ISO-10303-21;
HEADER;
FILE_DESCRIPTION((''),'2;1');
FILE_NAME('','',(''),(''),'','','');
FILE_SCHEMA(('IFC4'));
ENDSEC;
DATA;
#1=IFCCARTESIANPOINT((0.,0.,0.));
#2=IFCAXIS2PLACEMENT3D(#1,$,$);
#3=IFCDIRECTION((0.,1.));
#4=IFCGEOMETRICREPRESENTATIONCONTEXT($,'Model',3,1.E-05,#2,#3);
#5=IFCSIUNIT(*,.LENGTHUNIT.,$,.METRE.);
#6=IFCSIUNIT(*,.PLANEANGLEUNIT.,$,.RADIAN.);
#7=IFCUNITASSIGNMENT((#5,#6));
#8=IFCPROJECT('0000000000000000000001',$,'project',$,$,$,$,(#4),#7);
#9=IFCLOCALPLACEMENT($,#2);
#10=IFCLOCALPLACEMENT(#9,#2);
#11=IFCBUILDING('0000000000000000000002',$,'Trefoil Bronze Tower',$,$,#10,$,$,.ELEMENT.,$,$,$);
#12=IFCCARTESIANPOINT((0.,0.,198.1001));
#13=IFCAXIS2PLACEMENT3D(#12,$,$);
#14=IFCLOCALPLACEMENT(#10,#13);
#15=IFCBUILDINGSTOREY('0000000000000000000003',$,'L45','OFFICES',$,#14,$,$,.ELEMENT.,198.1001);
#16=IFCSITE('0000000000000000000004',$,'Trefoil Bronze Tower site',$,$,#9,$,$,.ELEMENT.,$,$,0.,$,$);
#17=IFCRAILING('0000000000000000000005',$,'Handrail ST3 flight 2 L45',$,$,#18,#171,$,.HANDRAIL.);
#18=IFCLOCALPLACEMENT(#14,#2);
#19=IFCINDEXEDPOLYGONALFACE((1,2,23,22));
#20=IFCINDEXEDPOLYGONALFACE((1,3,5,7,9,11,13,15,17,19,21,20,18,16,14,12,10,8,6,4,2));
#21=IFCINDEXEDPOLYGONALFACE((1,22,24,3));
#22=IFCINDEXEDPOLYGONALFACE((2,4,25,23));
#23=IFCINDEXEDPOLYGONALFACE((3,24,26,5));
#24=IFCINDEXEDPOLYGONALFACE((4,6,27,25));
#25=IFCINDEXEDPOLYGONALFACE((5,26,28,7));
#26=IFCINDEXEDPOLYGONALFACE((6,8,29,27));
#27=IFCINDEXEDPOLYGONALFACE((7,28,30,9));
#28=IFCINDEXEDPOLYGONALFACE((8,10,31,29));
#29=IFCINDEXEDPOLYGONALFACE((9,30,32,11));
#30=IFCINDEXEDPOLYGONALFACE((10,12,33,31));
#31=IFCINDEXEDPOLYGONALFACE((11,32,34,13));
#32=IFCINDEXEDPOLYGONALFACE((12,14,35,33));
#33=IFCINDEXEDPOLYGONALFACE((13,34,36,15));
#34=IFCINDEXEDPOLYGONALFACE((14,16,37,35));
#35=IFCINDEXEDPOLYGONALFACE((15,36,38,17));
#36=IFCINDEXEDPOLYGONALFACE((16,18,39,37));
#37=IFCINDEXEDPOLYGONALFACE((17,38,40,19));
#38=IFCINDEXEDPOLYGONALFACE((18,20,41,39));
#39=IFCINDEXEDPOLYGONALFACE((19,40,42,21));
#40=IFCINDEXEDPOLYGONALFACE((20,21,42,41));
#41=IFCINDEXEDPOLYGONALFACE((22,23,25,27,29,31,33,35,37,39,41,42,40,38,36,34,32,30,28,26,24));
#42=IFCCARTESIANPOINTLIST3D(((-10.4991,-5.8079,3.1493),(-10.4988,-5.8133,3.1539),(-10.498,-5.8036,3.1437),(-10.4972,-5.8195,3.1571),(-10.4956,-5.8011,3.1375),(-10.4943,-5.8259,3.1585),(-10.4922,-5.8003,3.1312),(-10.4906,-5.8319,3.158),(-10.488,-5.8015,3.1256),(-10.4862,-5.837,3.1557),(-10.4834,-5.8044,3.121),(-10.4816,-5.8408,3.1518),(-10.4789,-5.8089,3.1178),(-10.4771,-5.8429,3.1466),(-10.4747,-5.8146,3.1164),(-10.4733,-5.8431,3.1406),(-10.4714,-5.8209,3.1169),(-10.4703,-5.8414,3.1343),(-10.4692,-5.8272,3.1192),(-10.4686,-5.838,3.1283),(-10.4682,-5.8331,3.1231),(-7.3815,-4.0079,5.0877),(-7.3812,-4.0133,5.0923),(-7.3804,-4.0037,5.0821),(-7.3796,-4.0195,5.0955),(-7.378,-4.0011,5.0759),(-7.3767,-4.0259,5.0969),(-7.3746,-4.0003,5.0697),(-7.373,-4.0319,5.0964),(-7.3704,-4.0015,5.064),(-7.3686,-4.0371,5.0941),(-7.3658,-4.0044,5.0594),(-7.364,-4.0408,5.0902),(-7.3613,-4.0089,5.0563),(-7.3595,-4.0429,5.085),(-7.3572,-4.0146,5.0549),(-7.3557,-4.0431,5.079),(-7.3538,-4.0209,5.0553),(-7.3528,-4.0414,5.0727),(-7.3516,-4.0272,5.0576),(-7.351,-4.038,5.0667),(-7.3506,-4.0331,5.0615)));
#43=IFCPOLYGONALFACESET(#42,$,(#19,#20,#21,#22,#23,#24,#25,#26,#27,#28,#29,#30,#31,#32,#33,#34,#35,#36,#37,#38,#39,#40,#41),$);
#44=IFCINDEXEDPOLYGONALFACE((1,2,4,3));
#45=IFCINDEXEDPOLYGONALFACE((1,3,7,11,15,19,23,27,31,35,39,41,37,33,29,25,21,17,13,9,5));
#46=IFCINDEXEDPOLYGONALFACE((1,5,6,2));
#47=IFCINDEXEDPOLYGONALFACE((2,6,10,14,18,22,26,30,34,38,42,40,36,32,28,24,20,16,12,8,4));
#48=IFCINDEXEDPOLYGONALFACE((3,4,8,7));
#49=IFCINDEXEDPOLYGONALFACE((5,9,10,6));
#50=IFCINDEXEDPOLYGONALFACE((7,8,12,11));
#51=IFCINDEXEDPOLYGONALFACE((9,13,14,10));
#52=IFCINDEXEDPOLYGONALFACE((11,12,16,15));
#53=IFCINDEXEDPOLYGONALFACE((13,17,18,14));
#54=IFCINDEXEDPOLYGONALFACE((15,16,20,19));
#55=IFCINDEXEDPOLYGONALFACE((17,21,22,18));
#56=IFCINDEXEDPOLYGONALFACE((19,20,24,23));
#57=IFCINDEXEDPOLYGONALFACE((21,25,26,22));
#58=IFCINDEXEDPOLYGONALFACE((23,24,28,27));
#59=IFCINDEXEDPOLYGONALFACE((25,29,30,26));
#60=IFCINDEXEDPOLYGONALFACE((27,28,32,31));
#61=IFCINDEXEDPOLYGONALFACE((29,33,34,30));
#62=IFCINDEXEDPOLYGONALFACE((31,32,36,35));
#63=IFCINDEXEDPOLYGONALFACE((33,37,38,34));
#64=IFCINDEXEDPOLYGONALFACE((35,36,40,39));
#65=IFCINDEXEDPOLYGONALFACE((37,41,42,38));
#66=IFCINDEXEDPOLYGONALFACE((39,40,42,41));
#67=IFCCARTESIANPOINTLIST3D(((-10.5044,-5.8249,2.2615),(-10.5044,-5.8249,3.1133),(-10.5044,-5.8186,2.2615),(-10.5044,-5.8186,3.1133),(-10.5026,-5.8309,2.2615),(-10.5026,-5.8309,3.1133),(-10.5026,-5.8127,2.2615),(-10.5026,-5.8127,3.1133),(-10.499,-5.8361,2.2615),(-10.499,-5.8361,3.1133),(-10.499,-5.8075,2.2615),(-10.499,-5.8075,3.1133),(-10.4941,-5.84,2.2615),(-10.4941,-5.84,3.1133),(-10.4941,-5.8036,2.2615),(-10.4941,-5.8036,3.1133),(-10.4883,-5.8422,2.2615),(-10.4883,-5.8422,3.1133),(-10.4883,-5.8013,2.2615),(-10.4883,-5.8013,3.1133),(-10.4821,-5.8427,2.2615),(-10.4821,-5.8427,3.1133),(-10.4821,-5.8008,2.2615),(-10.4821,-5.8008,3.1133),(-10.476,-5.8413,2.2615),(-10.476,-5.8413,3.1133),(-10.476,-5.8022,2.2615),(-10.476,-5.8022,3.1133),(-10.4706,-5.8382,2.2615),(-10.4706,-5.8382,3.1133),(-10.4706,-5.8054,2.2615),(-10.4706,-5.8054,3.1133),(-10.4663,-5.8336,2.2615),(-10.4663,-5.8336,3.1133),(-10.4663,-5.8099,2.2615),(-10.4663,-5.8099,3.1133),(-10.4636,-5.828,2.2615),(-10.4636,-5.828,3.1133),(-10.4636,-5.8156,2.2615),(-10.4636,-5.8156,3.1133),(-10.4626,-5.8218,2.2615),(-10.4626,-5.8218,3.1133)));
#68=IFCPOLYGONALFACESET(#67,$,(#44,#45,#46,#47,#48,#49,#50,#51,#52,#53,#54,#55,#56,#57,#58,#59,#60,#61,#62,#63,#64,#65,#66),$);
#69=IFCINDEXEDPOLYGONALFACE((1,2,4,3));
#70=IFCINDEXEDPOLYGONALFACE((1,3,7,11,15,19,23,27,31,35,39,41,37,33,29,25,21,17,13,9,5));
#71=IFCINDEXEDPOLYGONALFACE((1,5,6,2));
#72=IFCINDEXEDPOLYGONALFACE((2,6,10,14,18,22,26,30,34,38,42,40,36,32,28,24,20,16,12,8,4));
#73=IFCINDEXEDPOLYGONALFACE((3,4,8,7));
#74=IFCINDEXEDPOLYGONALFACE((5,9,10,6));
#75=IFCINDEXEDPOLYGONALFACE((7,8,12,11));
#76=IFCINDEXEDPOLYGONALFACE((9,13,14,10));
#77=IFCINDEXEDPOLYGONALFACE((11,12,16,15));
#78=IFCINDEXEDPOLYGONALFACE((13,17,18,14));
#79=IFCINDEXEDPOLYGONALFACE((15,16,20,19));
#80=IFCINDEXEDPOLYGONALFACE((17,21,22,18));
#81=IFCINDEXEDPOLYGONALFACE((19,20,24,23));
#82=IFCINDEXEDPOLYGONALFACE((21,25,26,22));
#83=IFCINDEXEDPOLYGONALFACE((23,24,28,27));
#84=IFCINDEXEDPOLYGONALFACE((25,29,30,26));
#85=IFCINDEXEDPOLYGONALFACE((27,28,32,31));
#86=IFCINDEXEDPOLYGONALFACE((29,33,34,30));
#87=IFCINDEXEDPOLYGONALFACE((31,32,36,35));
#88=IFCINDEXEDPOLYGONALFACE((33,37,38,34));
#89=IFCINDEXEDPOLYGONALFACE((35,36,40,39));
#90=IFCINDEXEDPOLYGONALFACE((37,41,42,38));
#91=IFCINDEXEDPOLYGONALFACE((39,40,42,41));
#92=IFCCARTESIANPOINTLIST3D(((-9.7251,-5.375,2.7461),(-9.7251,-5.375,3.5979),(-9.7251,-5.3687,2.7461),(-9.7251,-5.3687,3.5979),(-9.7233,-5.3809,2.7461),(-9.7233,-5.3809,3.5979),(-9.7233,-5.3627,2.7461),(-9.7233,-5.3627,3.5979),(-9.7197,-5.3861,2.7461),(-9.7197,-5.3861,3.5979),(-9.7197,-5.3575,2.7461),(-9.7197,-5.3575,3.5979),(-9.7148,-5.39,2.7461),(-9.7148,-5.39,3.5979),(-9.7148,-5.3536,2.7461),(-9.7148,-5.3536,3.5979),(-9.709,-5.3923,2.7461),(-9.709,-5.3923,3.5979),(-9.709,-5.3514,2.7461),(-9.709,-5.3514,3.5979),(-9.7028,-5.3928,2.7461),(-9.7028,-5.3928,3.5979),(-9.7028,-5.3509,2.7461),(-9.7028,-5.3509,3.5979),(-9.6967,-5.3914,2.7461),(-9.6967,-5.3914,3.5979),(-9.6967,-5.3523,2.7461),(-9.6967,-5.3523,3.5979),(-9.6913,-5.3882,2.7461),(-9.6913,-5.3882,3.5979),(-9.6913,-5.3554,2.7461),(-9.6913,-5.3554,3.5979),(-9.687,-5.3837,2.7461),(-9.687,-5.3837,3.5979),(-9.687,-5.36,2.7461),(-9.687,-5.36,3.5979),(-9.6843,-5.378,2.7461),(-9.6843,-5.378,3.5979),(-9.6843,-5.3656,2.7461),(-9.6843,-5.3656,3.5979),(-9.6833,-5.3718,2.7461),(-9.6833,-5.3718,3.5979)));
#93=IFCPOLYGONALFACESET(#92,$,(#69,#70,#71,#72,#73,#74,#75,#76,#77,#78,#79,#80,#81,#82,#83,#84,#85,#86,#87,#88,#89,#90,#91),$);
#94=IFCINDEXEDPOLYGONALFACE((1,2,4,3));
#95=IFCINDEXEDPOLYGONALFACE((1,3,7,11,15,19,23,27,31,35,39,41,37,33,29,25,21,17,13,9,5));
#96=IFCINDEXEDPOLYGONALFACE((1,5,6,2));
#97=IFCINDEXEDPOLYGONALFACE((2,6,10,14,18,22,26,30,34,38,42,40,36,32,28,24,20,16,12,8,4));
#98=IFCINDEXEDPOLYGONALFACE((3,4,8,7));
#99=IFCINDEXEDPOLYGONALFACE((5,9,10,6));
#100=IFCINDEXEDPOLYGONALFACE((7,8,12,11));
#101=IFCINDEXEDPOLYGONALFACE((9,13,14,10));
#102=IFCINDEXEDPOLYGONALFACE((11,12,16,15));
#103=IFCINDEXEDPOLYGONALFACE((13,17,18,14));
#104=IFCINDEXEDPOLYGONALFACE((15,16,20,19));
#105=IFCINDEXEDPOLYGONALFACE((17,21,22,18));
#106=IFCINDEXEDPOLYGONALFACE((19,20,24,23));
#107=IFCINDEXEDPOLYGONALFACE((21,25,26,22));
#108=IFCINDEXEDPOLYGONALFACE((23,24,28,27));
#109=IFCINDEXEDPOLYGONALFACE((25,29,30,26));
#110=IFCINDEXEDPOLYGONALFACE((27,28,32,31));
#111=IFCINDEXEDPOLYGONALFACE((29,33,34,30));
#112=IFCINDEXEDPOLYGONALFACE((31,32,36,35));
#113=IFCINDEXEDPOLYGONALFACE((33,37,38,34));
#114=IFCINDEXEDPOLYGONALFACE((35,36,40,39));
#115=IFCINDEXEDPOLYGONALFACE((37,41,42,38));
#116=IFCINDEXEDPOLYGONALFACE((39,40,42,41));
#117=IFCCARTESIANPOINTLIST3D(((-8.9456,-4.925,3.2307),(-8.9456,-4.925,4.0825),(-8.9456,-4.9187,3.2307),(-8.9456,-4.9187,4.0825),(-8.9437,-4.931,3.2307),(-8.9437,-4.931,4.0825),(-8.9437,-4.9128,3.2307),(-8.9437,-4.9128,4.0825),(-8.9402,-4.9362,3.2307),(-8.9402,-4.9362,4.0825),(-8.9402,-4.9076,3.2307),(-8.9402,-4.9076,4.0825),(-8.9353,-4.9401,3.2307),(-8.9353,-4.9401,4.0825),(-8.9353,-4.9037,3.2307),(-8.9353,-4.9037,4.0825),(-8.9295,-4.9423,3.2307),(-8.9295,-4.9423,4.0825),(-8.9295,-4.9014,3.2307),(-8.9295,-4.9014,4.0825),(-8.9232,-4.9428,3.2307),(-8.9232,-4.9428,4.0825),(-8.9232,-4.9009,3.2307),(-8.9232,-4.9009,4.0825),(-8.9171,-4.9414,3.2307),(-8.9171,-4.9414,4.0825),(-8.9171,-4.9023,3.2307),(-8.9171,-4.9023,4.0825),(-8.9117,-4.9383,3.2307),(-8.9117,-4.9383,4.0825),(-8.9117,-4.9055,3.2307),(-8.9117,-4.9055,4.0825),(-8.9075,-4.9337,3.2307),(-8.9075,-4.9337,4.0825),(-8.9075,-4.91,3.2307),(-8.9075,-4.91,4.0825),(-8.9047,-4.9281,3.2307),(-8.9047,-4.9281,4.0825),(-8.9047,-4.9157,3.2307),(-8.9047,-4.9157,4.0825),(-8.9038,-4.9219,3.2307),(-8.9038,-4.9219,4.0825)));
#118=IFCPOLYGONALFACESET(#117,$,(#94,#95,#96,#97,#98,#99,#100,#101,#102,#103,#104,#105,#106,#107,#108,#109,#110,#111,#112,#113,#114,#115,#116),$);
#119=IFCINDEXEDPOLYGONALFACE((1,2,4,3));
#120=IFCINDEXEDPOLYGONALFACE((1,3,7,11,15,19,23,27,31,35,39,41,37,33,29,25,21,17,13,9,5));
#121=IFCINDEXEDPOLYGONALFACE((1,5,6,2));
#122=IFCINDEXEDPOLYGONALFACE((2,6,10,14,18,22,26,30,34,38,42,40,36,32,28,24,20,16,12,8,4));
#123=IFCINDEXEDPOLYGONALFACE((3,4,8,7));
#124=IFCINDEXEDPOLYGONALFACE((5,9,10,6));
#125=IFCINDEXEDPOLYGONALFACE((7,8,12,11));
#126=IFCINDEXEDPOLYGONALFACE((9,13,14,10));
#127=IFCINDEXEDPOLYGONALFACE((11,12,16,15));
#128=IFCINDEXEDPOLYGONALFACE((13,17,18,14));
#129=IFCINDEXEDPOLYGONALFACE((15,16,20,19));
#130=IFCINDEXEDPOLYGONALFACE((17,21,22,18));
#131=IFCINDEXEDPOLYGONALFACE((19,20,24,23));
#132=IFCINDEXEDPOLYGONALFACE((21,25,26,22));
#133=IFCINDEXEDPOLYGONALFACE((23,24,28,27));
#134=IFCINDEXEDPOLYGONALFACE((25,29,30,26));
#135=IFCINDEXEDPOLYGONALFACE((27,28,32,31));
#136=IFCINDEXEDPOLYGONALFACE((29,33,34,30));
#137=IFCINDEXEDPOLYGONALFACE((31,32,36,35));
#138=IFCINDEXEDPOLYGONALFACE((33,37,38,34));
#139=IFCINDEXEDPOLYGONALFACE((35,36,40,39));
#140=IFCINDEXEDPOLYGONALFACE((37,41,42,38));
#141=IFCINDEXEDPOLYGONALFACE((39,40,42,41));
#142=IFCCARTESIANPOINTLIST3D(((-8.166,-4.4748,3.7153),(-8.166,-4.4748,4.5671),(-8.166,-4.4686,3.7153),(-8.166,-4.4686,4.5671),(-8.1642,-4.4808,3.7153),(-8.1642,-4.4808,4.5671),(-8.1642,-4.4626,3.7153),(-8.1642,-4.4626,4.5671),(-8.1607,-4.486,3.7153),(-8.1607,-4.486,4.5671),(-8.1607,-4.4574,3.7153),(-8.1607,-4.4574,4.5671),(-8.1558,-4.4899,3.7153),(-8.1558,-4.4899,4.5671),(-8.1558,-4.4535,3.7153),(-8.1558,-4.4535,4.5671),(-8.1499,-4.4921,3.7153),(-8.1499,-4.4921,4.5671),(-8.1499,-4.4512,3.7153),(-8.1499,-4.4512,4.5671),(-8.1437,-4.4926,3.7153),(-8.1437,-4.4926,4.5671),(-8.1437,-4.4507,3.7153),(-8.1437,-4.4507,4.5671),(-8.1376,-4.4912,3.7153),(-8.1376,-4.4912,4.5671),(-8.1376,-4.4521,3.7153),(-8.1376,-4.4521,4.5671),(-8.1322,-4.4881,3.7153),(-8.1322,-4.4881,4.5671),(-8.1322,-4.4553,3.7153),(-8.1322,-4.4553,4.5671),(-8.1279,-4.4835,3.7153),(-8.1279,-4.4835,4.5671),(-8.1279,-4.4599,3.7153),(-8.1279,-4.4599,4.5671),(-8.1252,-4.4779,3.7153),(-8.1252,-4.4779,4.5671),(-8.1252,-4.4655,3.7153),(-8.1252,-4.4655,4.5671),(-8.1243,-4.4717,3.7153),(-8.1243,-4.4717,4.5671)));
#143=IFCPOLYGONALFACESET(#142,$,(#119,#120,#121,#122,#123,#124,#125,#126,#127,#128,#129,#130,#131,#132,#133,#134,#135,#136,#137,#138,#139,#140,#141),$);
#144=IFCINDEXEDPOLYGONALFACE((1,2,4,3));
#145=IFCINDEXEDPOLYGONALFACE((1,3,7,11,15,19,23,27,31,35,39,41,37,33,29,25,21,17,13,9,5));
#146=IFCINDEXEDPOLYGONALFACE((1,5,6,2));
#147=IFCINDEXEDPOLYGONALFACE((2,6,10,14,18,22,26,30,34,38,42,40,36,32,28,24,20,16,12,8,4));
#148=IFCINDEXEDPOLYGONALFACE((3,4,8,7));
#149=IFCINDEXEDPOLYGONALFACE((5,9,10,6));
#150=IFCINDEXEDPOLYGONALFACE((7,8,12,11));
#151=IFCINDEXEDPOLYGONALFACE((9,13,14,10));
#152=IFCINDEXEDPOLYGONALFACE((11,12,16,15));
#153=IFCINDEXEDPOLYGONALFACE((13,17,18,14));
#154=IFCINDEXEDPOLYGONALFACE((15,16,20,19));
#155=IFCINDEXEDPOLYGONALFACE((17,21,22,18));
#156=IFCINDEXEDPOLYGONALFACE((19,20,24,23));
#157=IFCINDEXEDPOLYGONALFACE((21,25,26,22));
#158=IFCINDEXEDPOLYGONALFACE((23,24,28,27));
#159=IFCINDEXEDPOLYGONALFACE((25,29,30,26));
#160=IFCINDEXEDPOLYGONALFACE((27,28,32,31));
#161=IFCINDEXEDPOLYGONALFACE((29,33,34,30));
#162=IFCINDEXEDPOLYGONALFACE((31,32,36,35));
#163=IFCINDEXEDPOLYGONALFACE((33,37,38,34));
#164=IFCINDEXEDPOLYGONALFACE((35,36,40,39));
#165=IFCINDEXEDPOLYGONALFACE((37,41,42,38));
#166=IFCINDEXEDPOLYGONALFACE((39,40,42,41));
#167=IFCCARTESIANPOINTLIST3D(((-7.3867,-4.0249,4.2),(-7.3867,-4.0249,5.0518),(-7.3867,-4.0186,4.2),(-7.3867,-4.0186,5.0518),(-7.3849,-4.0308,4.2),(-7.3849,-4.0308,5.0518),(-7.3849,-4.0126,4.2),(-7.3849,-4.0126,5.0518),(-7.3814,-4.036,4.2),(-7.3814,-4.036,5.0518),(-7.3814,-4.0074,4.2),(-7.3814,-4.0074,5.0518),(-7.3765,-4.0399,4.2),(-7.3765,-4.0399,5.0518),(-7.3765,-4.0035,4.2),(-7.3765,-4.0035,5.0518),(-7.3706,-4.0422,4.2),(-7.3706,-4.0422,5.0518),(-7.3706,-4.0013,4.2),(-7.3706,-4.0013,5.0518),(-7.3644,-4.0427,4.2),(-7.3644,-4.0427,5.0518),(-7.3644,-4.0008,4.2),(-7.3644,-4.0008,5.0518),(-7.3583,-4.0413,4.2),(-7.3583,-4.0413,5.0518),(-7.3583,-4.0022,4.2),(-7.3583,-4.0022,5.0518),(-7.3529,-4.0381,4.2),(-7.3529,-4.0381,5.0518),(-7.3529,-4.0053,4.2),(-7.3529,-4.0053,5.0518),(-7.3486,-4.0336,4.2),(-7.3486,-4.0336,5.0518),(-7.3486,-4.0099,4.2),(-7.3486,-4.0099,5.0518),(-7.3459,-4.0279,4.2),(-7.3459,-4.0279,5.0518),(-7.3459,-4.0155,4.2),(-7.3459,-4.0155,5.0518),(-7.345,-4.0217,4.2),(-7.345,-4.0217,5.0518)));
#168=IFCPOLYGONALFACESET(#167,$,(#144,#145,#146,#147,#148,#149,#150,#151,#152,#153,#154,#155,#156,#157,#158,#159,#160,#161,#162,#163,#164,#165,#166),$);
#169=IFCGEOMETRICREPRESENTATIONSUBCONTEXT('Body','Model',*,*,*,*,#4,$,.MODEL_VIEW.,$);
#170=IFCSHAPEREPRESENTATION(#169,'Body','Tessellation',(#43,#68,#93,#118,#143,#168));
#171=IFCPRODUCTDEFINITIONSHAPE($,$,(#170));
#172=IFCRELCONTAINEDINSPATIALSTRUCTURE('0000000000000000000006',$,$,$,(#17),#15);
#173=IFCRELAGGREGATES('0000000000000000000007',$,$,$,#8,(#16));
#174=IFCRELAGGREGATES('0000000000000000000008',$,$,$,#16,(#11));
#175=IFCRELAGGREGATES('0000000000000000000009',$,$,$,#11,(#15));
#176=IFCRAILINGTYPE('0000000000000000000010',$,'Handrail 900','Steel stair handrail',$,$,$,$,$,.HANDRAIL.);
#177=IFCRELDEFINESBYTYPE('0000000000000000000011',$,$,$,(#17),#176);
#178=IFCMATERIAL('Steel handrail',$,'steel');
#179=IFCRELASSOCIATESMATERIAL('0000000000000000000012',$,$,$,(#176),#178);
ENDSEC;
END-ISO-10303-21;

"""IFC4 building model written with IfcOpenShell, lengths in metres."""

from ifc_helpers import new_model, si_unit, direction, frame, origin, origin_2d, place, context, subcontext, project, spatial, circle, extrude, material, type_object, element, save


model = new_model("IFC4")

# Units and contexts
model_context = context("Model", 3, precision=1e-05, world=origin(), true_north=direction((0.0, 1.0)))
body_context = subcontext(model_context, "Body", "Model", "MODEL_VIEW")
ifc_project = project(units=[si_unit("LENGTHUNIT", "METRE"), si_unit("PLANEANGLEUNIT", "RADIAN")], contexts=[model_context])

# Site, building, storey
site_placement = place(None, origin())
site = spatial("IfcSite", under=ifc_project, at=site_placement, Name="Trefoil Bronze Tower site", CompositionType="ELEMENT", RefElevation=0.0)
building_placement = place(site_placement, origin())
building = spatial("IfcBuilding", under=site, at=building_placement, Name="Trefoil Bronze Tower", CompositionType="ELEMENT")
storey_placement = place(building_placement, frame((0.0, 0.0, 198.1001)))
storey = spatial("IfcBuildingStorey", under=building, at=storey_placement, Name="L45", Description="OFFICES", CompositionType="ELEMENT", Elevation=198.1001)

# Railing
ifc_material_1 = material(Name="Steel handrail", Category="steel")
railing_type = type_object("IfcRailingType", Name="Handrail 900", Description="Steel stair handrail", PredefinedType="HANDRAIL", material=ifc_material_1)
railing_1_placement = place(storey_placement, frame((-10.4836, -5.8218, 2.2615)))
element("IfcRailing", 1, at=railing_1_placement, inside=storey, type_object=railing_type, Name="Handrail ST3 flight 2 L45", PredefinedType="HANDRAIL", context=body_context, shape_type="SweptSolid", body=[
    extrude(circle(Radius=0.0239, at=origin_2d()), frame((0.0, 0.0, 0.876), z_axis=(0.762503, 0.440246, 0.474102), x_axis=(-0.500012, 0.866018, 0.0)), (0.0, 0.0, 1.0), 4.0886),
    extrude(circle(Radius=0.021, at=origin_2d()), origin(), (0.0, 0.0, 1.0), 0.8518),
    extrude(circle(Radius=0.021, at=origin_2d()), frame((0.7793, 0.45, 0.4846)), (0.0, 0.0, 1.0), 0.8518),
    extrude(circle(Radius=0.021, at=origin_2d()), frame((1.5588, 0.8999, 0.9692)), (0.0, 0.0, 1.0), 0.8518),
    extrude(circle(Radius=0.021, at=origin_2d()), frame((2.3384, 1.3501, 1.4539)), (0.0, 0.0, 1.0), 0.8518),
    extrude(circle(Radius=0.021, at=origin_2d()), frame((3.1177, 1.8, 1.9385)), (0.0, 0.0, 1.0), 0.8518),
])

save(model, "model.ifc")
